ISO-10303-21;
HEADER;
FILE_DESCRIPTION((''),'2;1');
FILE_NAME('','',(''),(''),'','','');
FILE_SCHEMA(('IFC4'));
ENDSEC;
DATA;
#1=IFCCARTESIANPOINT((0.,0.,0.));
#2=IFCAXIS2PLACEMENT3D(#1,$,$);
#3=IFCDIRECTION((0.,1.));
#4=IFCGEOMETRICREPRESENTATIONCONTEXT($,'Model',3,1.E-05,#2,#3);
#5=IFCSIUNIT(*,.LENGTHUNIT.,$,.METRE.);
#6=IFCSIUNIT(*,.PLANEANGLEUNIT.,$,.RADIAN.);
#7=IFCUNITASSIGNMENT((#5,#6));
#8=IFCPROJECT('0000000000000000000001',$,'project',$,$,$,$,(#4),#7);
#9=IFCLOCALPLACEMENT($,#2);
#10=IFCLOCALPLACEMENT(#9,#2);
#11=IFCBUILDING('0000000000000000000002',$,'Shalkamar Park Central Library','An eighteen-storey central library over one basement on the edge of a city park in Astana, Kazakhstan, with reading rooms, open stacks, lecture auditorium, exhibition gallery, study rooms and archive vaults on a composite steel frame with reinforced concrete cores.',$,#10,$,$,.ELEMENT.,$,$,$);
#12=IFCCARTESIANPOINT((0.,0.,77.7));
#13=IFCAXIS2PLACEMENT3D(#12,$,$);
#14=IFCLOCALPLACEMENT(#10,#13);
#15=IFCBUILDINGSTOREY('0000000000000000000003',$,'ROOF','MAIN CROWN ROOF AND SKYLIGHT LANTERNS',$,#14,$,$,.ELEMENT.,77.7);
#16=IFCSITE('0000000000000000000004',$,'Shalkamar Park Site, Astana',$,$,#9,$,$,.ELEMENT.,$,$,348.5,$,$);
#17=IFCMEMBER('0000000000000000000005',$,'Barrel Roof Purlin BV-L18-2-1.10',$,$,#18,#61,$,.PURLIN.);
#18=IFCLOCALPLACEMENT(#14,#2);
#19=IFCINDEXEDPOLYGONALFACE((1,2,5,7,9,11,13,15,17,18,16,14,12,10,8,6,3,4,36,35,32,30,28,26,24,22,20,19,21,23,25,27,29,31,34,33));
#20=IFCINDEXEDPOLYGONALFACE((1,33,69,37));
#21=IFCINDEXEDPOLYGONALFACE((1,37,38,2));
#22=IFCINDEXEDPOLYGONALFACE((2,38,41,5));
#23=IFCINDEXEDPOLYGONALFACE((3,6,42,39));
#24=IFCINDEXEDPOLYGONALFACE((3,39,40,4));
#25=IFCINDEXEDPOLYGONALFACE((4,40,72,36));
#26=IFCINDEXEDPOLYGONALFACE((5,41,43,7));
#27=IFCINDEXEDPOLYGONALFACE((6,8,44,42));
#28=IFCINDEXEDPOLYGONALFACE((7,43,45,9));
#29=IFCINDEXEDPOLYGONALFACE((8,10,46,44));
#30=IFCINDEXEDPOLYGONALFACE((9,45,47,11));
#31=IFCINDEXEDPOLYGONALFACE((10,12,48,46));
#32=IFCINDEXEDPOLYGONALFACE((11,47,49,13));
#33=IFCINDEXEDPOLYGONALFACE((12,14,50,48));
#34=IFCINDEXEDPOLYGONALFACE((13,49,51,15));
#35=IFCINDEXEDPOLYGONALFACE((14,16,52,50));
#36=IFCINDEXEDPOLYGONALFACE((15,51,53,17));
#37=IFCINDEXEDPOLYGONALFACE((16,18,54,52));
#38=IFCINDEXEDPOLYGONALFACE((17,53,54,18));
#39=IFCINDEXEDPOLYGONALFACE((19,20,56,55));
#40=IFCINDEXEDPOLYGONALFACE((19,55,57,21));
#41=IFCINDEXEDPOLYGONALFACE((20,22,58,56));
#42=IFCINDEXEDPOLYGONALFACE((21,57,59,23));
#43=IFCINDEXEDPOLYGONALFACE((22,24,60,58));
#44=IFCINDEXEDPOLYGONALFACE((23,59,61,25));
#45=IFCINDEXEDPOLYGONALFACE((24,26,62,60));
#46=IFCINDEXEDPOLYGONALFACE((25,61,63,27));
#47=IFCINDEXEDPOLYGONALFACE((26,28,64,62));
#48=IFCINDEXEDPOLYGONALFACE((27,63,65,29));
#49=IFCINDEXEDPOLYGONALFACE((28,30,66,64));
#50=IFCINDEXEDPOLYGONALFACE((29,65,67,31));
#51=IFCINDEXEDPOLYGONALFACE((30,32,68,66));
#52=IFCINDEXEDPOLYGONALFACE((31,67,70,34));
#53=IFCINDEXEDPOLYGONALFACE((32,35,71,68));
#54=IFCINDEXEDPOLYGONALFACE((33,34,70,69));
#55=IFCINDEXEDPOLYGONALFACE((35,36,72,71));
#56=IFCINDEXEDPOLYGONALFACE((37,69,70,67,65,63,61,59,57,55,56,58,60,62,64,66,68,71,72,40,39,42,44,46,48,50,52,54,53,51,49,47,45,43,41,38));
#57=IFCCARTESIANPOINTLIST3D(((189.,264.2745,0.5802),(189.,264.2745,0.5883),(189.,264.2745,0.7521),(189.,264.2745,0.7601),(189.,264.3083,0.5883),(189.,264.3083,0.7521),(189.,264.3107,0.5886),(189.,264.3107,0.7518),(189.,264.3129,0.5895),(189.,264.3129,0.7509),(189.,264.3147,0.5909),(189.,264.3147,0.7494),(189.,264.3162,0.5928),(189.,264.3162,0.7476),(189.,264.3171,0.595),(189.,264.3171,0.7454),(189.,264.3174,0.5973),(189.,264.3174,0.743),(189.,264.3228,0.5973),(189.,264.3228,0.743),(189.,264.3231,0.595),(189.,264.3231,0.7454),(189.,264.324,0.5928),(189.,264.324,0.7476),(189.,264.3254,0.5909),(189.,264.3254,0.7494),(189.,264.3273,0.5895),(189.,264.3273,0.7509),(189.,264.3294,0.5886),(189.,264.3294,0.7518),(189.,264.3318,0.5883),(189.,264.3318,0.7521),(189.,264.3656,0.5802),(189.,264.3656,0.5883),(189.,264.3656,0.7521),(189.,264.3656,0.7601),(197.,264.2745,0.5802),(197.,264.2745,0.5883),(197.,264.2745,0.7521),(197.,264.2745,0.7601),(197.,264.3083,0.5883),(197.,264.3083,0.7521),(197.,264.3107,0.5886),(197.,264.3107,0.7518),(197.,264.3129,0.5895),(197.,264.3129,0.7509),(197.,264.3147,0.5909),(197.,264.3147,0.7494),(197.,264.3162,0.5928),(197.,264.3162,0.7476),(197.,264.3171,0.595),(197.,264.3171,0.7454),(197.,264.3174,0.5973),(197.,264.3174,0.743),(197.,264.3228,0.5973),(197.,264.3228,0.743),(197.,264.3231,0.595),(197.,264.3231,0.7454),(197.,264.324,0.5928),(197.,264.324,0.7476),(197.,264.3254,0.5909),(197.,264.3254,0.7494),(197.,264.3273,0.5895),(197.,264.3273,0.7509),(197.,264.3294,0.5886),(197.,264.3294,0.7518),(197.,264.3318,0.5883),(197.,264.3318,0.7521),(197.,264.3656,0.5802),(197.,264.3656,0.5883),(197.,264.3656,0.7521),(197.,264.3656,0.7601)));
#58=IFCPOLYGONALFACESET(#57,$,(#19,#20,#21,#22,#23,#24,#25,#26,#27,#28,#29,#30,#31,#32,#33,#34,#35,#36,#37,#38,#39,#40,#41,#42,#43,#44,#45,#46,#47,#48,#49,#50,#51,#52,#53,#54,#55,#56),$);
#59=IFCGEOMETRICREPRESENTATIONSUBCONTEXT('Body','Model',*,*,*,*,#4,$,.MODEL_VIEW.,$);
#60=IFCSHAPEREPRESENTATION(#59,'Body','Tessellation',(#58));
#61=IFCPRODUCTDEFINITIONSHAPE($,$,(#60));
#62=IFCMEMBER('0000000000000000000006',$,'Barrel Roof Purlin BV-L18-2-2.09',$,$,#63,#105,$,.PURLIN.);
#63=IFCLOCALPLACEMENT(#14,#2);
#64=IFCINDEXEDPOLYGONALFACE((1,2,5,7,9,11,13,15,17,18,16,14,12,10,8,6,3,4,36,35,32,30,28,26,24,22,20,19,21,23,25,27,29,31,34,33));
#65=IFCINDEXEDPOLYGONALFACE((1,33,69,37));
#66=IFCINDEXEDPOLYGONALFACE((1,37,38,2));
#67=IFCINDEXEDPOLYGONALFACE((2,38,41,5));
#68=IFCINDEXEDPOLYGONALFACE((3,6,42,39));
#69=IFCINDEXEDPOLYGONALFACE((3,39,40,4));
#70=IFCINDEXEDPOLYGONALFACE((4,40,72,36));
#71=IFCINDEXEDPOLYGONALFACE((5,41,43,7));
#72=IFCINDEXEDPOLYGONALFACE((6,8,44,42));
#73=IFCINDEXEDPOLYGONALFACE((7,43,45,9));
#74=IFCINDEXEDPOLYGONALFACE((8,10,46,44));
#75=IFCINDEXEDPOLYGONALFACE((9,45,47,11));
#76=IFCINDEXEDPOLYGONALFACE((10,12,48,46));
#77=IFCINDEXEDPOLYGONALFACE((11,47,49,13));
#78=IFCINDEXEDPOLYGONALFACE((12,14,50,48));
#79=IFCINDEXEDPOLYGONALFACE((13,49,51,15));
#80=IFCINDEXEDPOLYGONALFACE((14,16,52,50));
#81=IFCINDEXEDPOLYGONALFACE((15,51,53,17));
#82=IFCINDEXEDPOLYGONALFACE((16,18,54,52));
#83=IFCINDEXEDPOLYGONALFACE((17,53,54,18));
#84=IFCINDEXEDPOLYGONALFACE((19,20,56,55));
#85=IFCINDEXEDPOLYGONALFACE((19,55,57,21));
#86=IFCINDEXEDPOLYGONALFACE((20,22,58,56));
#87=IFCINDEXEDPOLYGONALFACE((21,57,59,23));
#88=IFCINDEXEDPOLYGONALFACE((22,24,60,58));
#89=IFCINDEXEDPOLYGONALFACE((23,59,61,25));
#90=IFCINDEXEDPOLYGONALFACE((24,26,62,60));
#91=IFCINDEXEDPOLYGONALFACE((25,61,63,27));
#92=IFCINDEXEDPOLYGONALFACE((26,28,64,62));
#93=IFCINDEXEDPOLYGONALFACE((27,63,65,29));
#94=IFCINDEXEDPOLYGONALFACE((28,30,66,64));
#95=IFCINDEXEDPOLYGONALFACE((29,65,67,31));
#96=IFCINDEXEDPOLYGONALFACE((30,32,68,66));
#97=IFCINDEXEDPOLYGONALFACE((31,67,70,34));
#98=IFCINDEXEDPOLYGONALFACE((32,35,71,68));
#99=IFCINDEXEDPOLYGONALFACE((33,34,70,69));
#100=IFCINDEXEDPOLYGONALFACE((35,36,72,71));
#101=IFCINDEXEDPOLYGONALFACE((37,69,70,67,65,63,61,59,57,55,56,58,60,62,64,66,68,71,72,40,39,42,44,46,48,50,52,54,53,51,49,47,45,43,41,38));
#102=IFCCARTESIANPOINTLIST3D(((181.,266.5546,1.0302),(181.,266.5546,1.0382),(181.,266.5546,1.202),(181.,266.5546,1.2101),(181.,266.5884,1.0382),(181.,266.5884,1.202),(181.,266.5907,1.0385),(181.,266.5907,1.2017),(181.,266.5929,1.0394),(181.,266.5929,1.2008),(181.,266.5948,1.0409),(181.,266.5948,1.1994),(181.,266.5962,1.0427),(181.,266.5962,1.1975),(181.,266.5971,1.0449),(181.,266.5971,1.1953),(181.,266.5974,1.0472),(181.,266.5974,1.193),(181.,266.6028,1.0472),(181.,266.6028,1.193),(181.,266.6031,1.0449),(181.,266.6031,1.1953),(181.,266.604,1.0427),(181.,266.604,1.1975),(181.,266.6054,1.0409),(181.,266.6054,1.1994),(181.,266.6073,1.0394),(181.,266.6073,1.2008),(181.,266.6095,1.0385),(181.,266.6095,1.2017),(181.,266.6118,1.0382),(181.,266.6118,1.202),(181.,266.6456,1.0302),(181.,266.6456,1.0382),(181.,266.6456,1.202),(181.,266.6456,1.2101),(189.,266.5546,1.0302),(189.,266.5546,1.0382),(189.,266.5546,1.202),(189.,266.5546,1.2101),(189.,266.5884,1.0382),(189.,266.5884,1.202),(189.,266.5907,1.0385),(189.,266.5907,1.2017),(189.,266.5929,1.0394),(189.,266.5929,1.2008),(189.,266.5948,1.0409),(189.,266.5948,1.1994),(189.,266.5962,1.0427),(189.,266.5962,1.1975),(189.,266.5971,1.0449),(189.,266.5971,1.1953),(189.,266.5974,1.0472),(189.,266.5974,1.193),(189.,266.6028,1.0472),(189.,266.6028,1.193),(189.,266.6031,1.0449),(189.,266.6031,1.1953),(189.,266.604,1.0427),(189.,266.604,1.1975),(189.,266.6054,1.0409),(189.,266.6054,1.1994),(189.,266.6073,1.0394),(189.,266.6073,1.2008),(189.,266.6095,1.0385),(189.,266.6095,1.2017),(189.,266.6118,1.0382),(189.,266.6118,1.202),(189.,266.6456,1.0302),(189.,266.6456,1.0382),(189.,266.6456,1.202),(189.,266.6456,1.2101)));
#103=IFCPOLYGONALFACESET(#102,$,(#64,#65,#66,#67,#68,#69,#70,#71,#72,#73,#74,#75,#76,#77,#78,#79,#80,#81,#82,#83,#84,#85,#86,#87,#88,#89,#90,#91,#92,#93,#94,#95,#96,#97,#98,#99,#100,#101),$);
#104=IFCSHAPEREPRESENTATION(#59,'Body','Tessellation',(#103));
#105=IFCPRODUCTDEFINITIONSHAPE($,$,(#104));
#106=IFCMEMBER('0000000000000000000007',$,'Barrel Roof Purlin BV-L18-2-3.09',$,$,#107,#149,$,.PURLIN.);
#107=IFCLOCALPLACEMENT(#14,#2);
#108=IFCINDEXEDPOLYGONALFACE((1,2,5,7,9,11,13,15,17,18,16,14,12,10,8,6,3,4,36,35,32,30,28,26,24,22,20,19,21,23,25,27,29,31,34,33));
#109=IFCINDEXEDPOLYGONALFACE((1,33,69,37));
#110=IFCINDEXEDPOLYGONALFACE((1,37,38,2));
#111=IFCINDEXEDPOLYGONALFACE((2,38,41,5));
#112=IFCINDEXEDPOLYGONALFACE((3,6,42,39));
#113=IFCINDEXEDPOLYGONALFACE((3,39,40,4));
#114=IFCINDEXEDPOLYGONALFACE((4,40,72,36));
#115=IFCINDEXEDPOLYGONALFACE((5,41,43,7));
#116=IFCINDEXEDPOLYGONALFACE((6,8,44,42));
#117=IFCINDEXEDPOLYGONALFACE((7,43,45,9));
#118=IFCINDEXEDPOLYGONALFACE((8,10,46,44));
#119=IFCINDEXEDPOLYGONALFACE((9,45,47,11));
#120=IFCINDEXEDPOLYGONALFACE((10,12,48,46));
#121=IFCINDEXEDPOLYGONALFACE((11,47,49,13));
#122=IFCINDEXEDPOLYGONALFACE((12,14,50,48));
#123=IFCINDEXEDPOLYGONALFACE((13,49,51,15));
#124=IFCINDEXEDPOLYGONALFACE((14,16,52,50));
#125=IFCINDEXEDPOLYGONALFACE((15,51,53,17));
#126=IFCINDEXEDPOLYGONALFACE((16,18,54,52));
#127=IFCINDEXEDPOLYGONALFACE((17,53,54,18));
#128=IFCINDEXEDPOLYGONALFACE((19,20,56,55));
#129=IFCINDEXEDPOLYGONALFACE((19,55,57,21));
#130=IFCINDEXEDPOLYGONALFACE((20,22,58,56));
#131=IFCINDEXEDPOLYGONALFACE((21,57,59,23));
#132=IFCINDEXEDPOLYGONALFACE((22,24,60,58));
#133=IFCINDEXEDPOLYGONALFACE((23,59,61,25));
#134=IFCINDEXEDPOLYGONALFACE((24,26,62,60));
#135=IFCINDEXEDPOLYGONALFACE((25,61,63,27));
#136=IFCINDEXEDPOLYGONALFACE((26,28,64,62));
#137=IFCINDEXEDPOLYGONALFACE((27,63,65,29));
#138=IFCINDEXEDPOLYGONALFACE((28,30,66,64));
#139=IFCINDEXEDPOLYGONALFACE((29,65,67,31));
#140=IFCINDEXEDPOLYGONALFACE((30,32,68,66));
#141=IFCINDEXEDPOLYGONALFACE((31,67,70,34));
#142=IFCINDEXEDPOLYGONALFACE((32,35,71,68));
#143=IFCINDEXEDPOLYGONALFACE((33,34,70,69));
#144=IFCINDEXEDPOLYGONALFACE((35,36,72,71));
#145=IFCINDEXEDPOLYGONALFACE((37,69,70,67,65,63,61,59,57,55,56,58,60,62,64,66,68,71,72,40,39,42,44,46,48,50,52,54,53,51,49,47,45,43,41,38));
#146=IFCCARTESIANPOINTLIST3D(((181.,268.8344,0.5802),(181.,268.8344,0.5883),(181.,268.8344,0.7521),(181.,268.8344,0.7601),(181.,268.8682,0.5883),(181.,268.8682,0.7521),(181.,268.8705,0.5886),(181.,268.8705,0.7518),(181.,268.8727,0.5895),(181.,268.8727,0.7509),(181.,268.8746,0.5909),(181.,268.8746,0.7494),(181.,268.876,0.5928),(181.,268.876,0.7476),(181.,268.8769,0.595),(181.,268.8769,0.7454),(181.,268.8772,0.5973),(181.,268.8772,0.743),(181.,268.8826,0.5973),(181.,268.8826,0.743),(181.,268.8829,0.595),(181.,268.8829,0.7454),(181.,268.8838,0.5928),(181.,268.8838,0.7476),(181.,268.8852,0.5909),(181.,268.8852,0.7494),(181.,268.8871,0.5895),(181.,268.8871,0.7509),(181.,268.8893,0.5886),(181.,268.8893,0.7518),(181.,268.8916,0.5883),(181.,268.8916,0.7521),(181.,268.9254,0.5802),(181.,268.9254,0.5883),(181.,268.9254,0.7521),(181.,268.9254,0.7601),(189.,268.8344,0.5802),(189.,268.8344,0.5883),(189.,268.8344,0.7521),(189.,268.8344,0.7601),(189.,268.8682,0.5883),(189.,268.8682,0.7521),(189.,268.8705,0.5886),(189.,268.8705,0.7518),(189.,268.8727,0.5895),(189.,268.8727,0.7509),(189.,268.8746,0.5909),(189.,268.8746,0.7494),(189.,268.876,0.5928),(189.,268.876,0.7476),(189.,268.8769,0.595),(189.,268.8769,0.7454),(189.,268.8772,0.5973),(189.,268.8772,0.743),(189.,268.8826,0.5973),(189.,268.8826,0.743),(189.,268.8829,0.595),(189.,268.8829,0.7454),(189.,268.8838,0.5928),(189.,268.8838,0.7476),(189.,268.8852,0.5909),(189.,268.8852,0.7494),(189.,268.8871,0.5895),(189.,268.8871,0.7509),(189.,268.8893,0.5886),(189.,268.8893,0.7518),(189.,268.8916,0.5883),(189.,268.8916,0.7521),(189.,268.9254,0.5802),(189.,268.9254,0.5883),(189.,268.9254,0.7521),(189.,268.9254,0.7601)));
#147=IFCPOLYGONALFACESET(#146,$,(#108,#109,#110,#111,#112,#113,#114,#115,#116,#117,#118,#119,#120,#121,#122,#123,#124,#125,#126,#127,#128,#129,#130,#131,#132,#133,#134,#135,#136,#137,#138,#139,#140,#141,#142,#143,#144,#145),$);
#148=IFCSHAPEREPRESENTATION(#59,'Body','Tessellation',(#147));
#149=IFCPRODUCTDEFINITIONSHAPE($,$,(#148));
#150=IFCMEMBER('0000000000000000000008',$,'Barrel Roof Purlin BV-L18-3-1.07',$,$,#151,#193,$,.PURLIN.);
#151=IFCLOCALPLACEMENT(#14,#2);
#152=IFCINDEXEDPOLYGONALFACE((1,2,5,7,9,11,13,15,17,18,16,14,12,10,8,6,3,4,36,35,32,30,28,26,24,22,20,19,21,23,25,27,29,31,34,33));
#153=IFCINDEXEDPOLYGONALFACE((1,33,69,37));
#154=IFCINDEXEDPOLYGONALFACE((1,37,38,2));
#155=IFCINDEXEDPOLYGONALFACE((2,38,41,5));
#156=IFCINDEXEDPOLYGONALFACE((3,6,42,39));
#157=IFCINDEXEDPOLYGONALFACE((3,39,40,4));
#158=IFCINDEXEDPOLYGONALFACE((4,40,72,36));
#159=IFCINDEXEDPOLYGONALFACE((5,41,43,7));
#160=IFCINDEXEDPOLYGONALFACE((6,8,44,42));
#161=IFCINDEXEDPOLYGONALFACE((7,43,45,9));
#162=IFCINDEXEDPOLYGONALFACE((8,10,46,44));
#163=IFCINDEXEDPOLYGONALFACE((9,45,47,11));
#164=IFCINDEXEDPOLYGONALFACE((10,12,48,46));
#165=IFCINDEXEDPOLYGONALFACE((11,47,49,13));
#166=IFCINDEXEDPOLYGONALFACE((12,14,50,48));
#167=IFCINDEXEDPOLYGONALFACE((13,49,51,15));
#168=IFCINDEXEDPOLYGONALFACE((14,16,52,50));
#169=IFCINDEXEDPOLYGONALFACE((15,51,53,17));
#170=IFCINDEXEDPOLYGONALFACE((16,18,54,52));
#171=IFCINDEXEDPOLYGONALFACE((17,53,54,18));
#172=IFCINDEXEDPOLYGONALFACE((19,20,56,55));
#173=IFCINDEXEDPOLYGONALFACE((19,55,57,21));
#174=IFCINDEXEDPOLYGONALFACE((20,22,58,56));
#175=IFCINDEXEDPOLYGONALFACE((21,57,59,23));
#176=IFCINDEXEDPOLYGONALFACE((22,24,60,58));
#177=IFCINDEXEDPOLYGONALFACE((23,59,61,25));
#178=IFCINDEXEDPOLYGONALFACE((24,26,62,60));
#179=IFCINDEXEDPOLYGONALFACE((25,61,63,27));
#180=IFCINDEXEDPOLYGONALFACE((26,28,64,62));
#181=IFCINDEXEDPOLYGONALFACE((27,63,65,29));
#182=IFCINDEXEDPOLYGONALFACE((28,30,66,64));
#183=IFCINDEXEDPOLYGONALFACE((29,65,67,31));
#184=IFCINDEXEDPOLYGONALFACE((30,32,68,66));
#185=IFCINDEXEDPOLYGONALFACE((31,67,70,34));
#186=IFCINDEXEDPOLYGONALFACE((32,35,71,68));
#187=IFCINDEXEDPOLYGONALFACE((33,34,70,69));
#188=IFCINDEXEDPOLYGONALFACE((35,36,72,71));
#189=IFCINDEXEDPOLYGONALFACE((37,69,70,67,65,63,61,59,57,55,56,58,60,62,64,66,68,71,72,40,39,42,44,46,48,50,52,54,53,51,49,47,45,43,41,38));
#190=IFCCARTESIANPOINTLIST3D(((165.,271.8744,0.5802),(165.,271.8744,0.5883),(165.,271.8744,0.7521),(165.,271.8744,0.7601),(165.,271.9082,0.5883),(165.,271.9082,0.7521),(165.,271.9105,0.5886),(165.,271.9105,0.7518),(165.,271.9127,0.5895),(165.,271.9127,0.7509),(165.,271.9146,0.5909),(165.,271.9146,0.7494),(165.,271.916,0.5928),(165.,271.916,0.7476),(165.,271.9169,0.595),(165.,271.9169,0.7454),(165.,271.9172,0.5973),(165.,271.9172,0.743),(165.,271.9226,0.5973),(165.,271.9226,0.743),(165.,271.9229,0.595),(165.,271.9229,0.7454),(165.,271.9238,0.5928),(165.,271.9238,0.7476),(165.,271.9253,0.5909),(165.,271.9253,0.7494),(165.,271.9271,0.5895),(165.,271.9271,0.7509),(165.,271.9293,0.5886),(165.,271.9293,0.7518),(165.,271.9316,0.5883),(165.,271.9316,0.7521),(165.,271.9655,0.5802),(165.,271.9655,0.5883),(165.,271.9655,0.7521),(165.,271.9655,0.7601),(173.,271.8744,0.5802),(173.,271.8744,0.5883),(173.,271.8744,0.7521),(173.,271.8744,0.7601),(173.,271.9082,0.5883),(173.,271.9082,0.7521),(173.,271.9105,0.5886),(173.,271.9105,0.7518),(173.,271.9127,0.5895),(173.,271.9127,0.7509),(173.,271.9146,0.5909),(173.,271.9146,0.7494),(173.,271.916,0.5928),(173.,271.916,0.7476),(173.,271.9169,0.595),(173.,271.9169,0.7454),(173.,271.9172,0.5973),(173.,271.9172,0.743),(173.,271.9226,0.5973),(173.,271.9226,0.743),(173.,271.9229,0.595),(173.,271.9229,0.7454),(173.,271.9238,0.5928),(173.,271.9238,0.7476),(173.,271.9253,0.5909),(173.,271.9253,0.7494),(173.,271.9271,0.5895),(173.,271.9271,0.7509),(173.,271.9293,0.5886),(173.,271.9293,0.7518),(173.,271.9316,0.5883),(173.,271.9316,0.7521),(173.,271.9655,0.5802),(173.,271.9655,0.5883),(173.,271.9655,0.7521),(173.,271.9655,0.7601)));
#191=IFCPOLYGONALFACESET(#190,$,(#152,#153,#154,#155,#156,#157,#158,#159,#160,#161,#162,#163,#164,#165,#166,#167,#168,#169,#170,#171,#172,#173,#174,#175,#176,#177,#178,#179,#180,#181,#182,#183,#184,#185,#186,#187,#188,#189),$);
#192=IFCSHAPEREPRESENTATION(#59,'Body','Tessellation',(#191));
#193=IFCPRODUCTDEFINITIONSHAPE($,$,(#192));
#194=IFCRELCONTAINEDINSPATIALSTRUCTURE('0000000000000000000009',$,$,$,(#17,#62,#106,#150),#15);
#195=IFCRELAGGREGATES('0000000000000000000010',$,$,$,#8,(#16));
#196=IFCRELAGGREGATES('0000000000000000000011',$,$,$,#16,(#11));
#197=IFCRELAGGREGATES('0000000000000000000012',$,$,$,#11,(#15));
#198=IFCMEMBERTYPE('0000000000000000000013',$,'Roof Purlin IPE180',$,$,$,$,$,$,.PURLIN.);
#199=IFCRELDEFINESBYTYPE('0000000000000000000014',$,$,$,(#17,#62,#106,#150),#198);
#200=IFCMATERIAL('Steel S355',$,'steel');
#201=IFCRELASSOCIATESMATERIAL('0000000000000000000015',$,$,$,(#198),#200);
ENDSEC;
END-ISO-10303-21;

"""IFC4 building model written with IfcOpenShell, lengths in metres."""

from ifc_helpers import new_model, si_unit, direction, frame, origin, origin_2d, place, context, subcontext, project, spatial, i_section, extrude, material, material_profile, profile_set, type_object, element, save


model = new_model("IFC4")

# Units and contexts
model_context = context("Model", 3, precision=1e-05, world=origin(), true_north=direction((0.0, 1.0)))
body_context = subcontext(model_context, "Body", "Model", "MODEL_VIEW")
ifc_project = project(units=[si_unit("LENGTHUNIT", "METRE"), si_unit("PLANEANGLEUNIT", "RADIAN")], contexts=[model_context])

# Site, building, storey
site_placement = place(None, origin())
site = spatial("IfcSite", under=ifc_project, at=site_placement, Name="Shalkamar Park Site, Astana", CompositionType="ELEMENT", RefElevation=348.5)
building_placement = place(site_placement, origin())
building = spatial("IfcBuilding", under=site, at=building_placement, Name="Shalkamar Park Central Library", Description="An eighteen-storey central library over one basement on the edge of a city park in Astana, Kazakhstan, with reading rooms, open stacks, lecture auditorium, exhibition gallery, study rooms and archive vaults on a composite steel frame with reinforced concrete cores.", CompositionType="ELEMENT")
storey_placement = place(building_placement, frame((0.0, 0.0, 77.7)))
storey = spatial("IfcBuildingStorey", under=building, at=storey_placement, Name="ROOF", Description="MAIN CROWN ROOF AND SKYLIGHT LANTERNS", CompositionType="ELEMENT", Elevation=77.7)

# Members
ifc_material_1 = material(Name="Steel S355", Category="steel")
ifc_material_profile_1 = material_profile(ifc_material_1, i_section(OverallWidth=0.0911, OverallDepth=0.1799, WebThickness=0.0054, FlangeThickness=0.0081, FilletRadius=0.009, at=origin_2d()), Name="IPE 180")
ifc_profile_set_1 = profile_set([ifc_material_profile_1], Name="Steel S355")
member_type_1 = type_object("IfcMemberType", Name="Roof Purlin IPE180", PredefinedType="PURLIN", material=ifc_profile_set_1)
for number, where, z_axis, x_axis, name in (
    (1, (189.0, 264.3201, 0.6702), (1.0, 0.0, 0.0), (0.0, 1.0, 0.0), "Barrel Roof Purlin BV-L18-2-1.10"),
    (2, (181.0, 266.6001, 1.1201), (1.0, 0.0, 0.0), (0.0, 1.0, 0.0), "Barrel Roof Purlin BV-L18-2-2.09"),
    (3, (181.0, 268.8799, 0.6702), (1.0, 0.0, 0.0), (0.0, 1.0, 0.0), "Barrel Roof Purlin BV-L18-2-3.09"),
    (4, (165.0, 271.9199, 0.6702), (1.0, 0.0, 0.0), (0.0, 1.0, 0.0), "Barrel Roof Purlin BV-L18-3-1.07"),
):
    element("IfcMember", number, at=place(storey_placement, frame(where, z_axis=z_axis, x_axis=x_axis)), inside=storey, type_object=member_type_1, Name=name, PredefinedType="PURLIN", context=body_context, shape_type="SweptSolid", body=[
        extrude(i_section(OverallWidth=0.0911, OverallDepth=0.1799, WebThickness=0.0054, FlangeThickness=0.0081, FilletRadius=0.009, at=origin_2d()), origin(), (0.0, 0.0, 1.0), 8.0),
    ])

save(model, "model.ifc")
